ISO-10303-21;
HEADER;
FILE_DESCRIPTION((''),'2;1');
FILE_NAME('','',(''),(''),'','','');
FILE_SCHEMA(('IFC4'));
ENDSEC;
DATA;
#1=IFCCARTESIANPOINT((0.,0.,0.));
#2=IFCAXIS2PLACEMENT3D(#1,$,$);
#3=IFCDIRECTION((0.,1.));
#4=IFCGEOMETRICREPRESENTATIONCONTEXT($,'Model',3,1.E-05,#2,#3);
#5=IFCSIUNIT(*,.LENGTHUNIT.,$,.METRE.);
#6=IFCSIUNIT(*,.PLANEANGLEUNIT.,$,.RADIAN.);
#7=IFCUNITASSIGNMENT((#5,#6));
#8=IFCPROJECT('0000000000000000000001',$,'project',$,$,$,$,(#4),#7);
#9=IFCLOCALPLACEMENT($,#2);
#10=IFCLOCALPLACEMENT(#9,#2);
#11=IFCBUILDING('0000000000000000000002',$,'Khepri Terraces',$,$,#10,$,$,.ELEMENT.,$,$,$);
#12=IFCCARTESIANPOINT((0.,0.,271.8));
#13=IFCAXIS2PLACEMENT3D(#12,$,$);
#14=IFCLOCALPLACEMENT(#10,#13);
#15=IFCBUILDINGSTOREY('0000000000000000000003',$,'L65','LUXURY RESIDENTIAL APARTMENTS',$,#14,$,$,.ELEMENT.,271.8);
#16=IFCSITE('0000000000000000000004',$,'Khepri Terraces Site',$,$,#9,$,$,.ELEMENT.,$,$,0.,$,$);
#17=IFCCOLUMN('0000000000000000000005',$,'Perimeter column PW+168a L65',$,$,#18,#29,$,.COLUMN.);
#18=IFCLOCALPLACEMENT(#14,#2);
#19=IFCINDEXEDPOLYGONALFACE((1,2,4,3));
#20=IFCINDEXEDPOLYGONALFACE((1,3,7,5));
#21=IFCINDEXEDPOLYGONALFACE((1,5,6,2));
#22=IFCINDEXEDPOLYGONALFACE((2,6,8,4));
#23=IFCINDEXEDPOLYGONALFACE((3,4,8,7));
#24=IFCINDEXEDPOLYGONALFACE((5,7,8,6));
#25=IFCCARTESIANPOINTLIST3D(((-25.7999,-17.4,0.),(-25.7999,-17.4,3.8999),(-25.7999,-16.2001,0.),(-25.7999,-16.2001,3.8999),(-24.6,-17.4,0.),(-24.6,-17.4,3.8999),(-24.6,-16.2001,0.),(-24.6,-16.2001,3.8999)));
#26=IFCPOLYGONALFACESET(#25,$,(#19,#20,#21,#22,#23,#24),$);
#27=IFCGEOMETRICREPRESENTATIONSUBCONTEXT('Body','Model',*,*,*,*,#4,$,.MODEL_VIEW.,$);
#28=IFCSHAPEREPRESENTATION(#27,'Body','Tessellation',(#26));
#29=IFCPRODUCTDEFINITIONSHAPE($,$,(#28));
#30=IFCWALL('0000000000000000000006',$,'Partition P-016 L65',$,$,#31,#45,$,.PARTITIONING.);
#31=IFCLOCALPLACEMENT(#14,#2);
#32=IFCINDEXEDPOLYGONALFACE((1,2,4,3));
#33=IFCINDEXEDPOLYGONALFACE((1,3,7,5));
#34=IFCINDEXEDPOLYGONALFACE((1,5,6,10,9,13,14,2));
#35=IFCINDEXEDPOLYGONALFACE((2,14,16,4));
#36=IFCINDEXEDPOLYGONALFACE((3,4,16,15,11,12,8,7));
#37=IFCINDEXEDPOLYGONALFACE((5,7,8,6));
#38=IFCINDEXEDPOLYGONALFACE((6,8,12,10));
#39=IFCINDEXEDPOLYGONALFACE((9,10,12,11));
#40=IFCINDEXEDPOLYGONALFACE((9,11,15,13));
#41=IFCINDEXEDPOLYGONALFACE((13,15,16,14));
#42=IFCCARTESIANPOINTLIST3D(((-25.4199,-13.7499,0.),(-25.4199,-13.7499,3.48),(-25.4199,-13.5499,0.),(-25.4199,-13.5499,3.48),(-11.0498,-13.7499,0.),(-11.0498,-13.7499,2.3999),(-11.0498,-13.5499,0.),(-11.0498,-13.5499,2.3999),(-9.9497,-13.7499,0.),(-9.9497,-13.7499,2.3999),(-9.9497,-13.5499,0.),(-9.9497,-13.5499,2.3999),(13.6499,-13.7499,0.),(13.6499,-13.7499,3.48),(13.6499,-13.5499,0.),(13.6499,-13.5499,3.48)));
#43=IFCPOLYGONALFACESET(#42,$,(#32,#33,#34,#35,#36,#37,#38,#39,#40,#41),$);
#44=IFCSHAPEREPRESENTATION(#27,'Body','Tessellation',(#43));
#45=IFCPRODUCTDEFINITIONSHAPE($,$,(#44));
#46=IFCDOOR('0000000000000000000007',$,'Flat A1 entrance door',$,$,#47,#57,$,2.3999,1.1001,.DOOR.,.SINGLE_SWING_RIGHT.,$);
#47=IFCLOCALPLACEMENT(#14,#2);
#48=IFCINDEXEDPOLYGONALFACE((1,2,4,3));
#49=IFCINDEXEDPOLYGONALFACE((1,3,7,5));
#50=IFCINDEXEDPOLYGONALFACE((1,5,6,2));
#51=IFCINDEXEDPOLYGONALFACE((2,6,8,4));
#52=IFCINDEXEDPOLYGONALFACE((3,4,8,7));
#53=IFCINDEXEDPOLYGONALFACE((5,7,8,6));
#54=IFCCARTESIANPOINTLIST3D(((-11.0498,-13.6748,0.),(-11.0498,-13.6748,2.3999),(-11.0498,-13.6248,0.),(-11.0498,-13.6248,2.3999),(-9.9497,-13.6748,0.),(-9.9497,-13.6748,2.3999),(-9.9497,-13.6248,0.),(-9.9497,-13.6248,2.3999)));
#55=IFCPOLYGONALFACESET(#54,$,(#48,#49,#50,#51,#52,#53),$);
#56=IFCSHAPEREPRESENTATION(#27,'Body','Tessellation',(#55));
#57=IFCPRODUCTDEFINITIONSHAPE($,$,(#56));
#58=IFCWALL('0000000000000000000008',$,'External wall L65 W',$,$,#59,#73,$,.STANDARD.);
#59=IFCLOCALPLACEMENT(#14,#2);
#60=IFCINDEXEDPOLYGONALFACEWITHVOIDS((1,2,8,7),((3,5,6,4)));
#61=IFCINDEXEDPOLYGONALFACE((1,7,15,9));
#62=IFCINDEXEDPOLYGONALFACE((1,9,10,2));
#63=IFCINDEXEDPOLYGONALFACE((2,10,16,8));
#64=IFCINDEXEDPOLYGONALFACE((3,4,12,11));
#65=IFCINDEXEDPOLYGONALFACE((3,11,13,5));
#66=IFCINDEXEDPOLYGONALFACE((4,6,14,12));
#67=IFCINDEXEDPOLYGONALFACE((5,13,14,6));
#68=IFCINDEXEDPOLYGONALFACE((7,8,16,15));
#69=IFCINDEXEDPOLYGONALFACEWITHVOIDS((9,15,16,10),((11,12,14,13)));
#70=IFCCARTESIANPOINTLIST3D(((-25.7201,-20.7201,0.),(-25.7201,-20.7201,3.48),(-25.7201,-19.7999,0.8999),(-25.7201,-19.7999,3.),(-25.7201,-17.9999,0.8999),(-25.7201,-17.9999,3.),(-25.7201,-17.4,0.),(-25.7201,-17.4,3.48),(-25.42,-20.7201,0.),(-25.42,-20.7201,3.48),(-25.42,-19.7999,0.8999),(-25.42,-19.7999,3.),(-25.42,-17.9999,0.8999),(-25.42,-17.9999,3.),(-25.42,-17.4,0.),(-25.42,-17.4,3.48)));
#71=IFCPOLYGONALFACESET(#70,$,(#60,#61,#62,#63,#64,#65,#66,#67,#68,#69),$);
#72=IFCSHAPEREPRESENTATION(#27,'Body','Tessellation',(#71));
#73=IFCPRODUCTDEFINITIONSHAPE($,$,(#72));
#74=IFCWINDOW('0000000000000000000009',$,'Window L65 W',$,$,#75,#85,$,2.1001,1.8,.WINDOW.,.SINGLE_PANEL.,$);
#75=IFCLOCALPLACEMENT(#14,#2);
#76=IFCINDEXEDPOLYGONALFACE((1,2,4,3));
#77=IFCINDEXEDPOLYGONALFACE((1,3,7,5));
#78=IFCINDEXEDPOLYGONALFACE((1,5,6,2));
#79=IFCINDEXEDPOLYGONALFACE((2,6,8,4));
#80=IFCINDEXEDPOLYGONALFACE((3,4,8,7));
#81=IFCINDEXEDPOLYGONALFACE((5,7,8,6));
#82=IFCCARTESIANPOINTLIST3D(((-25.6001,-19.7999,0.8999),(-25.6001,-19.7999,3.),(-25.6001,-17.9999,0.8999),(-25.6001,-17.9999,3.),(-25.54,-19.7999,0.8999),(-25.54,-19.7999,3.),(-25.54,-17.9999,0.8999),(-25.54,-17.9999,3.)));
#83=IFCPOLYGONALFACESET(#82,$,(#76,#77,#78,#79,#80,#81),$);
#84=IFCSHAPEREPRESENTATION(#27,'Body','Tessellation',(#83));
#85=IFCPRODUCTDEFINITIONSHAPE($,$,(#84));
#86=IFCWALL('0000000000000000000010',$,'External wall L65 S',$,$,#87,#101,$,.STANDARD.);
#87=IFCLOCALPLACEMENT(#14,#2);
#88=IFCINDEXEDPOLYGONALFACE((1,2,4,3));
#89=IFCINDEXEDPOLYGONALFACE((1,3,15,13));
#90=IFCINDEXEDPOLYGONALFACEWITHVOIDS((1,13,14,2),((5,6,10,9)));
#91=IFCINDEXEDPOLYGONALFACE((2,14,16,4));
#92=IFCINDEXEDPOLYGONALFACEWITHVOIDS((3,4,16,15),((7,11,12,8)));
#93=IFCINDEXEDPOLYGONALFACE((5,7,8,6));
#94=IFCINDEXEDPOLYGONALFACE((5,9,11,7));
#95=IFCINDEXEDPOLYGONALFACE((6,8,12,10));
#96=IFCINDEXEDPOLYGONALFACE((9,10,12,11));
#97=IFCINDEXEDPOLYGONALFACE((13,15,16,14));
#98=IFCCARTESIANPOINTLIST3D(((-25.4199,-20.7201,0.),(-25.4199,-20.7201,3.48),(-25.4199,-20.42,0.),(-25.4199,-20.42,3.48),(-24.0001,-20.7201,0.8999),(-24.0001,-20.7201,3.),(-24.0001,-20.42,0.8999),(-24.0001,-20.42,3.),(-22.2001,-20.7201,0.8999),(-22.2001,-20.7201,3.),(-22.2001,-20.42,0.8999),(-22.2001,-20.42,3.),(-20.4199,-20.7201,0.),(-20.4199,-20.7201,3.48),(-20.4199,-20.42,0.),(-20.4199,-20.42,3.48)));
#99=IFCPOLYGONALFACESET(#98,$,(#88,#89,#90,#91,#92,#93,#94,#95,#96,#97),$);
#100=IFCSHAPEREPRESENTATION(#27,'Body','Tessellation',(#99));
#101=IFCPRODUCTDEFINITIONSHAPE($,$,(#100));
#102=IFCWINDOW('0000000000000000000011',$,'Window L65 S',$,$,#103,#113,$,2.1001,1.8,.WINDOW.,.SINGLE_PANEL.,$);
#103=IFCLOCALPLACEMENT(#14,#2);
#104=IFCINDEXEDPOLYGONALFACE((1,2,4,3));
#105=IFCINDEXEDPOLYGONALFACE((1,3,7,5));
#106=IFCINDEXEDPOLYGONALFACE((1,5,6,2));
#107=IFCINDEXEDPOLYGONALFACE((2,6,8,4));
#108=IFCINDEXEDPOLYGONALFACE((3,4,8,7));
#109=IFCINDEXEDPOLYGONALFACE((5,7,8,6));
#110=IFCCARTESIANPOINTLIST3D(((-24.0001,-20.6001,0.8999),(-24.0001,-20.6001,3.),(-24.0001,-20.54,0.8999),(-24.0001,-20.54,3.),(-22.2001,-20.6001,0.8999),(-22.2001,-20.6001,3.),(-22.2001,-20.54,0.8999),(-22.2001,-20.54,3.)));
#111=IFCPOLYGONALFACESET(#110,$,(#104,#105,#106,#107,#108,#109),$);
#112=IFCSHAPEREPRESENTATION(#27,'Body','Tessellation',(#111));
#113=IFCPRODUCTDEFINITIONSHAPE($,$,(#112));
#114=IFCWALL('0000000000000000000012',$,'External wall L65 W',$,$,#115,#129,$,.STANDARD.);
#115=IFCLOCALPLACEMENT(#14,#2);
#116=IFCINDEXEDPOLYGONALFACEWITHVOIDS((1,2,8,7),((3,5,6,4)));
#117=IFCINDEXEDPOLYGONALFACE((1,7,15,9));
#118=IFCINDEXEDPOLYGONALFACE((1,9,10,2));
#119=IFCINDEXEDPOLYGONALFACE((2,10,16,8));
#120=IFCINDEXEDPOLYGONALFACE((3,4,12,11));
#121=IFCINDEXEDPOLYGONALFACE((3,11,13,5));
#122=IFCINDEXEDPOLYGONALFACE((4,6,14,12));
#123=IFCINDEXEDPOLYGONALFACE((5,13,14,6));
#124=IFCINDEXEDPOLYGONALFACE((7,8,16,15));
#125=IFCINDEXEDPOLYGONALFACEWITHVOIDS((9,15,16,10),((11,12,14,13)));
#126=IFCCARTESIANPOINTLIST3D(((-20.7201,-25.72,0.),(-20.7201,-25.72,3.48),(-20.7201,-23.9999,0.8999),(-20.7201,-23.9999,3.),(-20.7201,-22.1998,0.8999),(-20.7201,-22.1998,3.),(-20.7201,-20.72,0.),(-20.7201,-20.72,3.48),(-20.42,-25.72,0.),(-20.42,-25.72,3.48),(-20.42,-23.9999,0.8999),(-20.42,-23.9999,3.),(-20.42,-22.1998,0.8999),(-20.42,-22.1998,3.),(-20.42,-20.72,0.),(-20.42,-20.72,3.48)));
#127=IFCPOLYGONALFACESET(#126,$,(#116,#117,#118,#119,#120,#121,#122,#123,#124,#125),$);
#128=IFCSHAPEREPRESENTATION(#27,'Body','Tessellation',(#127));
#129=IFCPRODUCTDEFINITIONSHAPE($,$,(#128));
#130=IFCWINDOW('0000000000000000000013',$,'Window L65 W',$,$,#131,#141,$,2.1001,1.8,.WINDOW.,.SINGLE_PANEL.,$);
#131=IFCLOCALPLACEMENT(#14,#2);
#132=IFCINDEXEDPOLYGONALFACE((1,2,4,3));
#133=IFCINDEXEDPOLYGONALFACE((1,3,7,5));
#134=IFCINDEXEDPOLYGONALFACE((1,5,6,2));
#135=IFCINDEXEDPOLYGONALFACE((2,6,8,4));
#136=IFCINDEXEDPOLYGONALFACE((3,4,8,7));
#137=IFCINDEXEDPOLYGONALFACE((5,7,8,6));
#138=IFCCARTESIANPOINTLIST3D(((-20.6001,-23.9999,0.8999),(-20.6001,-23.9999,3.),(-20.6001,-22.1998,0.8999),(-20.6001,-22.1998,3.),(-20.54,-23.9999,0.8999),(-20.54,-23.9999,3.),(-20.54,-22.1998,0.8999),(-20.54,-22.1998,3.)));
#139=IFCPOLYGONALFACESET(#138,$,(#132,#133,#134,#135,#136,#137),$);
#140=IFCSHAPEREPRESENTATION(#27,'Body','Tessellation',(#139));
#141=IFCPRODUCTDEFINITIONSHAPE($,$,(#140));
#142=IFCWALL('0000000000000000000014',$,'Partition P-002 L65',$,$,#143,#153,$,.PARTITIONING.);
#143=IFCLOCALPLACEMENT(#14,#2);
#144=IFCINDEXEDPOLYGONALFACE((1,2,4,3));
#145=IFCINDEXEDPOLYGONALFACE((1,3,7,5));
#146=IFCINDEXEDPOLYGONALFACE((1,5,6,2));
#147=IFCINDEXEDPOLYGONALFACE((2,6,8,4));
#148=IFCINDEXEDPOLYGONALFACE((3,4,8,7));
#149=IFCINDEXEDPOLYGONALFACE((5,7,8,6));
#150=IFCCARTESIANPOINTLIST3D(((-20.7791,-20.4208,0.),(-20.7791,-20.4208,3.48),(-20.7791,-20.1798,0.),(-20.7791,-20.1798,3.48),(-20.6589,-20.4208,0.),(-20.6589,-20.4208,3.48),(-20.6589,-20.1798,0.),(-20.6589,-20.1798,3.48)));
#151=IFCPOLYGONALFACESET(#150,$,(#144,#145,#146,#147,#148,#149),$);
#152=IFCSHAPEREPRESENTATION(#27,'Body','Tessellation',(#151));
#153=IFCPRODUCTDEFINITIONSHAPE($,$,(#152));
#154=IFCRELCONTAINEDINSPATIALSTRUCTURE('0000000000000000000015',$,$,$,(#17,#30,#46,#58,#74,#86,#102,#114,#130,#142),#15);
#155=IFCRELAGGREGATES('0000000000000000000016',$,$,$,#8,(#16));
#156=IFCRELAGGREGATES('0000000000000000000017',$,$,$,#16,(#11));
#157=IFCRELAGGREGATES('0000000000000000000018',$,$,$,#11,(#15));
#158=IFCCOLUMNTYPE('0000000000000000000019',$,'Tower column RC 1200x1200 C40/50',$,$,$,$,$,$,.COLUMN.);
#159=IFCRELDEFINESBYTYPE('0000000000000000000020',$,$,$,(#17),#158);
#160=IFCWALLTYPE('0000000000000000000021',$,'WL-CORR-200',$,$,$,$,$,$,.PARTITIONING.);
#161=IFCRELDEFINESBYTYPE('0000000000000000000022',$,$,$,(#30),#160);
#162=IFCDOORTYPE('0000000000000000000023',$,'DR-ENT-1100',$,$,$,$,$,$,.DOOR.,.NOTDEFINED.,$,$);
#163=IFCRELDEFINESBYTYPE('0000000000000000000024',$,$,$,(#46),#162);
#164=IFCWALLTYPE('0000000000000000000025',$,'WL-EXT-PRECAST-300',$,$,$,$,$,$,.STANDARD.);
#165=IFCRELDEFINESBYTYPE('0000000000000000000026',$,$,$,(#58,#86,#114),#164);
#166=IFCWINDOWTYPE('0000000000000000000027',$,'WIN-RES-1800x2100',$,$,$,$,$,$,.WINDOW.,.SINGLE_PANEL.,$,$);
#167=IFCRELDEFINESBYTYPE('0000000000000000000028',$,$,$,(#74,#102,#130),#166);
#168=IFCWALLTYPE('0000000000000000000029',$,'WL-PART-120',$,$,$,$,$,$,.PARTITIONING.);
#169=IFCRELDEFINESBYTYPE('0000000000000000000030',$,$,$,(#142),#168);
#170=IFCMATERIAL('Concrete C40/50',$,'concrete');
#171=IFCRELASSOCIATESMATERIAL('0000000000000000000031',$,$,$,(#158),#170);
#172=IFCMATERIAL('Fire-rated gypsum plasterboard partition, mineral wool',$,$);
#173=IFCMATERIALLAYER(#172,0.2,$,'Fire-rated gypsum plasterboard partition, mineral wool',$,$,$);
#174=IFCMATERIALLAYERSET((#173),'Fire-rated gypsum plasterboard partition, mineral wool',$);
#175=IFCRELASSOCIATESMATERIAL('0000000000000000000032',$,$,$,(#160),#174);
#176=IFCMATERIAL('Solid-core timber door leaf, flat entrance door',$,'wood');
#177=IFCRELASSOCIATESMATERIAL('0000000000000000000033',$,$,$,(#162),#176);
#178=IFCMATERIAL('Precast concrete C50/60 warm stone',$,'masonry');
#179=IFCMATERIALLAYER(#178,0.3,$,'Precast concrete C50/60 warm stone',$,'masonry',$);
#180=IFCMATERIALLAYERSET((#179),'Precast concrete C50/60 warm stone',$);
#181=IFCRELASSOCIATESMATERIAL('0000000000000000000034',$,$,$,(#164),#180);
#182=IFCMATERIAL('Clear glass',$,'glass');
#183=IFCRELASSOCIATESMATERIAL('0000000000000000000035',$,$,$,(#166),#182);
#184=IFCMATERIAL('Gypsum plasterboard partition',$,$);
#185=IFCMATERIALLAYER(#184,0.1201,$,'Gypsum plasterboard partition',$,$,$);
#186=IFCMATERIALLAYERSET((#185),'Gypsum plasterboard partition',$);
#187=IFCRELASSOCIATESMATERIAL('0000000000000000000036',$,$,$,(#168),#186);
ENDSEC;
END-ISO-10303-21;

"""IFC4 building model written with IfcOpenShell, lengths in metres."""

from ifc_helpers import new_model, si_unit, direction, frame, frame_2d, origin, origin_2d, place, context, subcontext, project, spatial, rectangle, extrude, material, layer, layer_set, material_profile, profile_set, type_object, element, fill, save


model = new_model("IFC4")

# Units and contexts
model_context = context("Model", 3, precision=1e-05, world=origin(), true_north=direction((0.0, 1.0)))
body_context = subcontext(model_context, "Body", "Model", "MODEL_VIEW")
ifc_project = project(units=[si_unit("LENGTHUNIT", "METRE"), si_unit("PLANEANGLEUNIT", "RADIAN")], contexts=[model_context])

# Site, building, storey
site_placement = place(None, origin())
site = spatial("IfcSite", under=ifc_project, at=site_placement, Name="Khepri Terraces Site", CompositionType="ELEMENT", RefElevation=0.0)
building_placement = place(site_placement, origin())
building = spatial("IfcBuilding", under=site, at=building_placement, Name="Khepri Terraces", CompositionType="ELEMENT")
storey_placement = place(building_placement, frame((0.0, 0.0, 271.8)))
storey = spatial("IfcBuildingStorey", under=building, at=storey_placement, Name="L65", Description="LUXURY RESIDENTIAL APARTMENTS", CompositionType="ELEMENT", Elevation=271.8)

# Column
ifc_material_1 = material(Name="Concrete C40/50", Category="concrete")
ifc_material_profile = material_profile(ifc_material_1, rectangle(XDim=1.2, YDim=1.2, at=origin_2d()), Name="Concrete C40/50", Category="concrete")
ifc_profile_set = profile_set([ifc_material_profile], Name="Concrete C40/50")
column_type = type_object("IfcColumnType", Name="Tower column RC 1200x1200 C40/50", PredefinedType="COLUMN", material=ifc_profile_set)
column_placement = place(storey_placement, frame((-25.2, -16.8, 0.0), z_axis=(0.0, 0.0, 1.0), x_axis=(1.0, 0.0, 0.0)))
element("IfcColumn", 1, at=column_placement, inside=storey, type_object=column_type, Name="Perimeter column PW+168a L65", PredefinedType="COLUMN", context=body_context, shape_type="SweptSolid", body=[
    extrude(rectangle(XDim=1.2, YDim=1.2, at=origin_2d()), origin(), (0.0, 0.0, 1.0), 3.8999),
])

# Wall, opening, door
ifc_material_2 = material(Name="Fire-rated gypsum plasterboard partition, mineral wool")
ifc_layer_1 = layer(ifc_material_2, 0.2, Name="Fire-rated gypsum plasterboard partition, mineral wool")
ifc_layer_set_1 = layer_set([ifc_layer_1], Name="Fire-rated gypsum plasterboard partition, mineral wool")
wall_type_1 = type_object("IfcWallType", Name="WL-CORR-200", PredefinedType="PARTITIONING", material=ifc_layer_set_1)
wall_1_placement = place(storey_placement, frame((-25.4199, -13.6499, 0.0), z_axis=(0.0, 0.0, 1.0), x_axis=(1.0, 0.0, 0.0)))
wall_1 = element("IfcWall", 2, at=wall_1_placement, inside=storey, type_object=wall_type_1, Name="Partition P-016 L65", PredefinedType="PARTITIONING", context=body_context, shape_type="SweptSolid", body=[
    extrude(rectangle(XDim=39.0698, YDim=0.2, at=frame_2d((19.5349, 0.0))), origin(), (0.0, 0.0, 1.0), 3.48),
])
opening_1_placement = place(wall_1_placement, frame((14.3701, 0.0, 0.0)))
opening_1 = element("IfcOpeningElement", 3, at=opening_1_placement, cuts=wall_1, PredefinedType="OPENING", context=body_context, shape_type="SweptSolid", body=[
    extrude(rectangle(XDim=1.1001, YDim=2.3999, at=frame_2d((0.55, 1.2))), frame((0.0, 0.1099, 0.0), z_axis=(0.0, -1.0, 0.0), x_axis=(1.0, 0.0, 0.0)), (0.0, 0.0, 1.0), 0.22),
])
ifc_material_3 = material(Name="Solid-core timber door leaf, flat entrance door", Category="wood")
door_type_1 = type_object("IfcDoorType", Name="DR-ENT-1100", OperationType="NOTDEFINED", PredefinedType="DOOR", material=ifc_material_3)
door_1_placement = place(opening_1_placement, frame((1.1001, 0.0, 0.0), z_axis=(0.0, 0.0, 1.0), x_axis=(-1.0, 0.0, 0.0)))
door_1 = element("IfcDoor", 4, at=door_1_placement, inside=storey, type_object=door_type_1, Name="Flat A1 entrance door", OperationType="SINGLE_SWING_RIGHT", OverallHeight=2.3999, OverallWidth=1.1001, PredefinedType="DOOR", context=body_context, shape_type="SweptSolid", body=[
    extrude(rectangle(XDim=1.1001, YDim=2.3999, at=frame_2d((0.55, 1.2))), frame((0.0, 0.0249, 0.0), z_axis=(0.0, -1.0, 0.0), x_axis=(1.0, 0.0, 0.0)), (0.0, 0.0, 1.0), 0.05),
])
fill(opening_1, door_1)

# Walls, openings, windows
ifc_material_4 = material(Name="Precast concrete C50/60 warm stone", Category="masonry")
ifc_layer_2 = layer(ifc_material_4, 0.3, Name="Precast concrete C50/60 warm stone", Category="masonry")
ifc_layer_set_2 = layer_set([ifc_layer_2], Name="Precast concrete C50/60 warm stone")
wall_type_2 = type_object("IfcWallType", Name="WL-EXT-PRECAST-300", PredefinedType="STANDARD", material=ifc_layer_set_2)
wall_2_placement = place(storey_placement, frame((-25.5701, -17.3999, 0.0), z_axis=(0.0, 0.0, 1.0), x_axis=(0.0, -1.0, 0.0)))
wall_2 = element("IfcWall", 5, at=wall_2_placement, inside=storey, type_object=wall_type_2, Name="External wall L65 W", PredefinedType="STANDARD", context=body_context, shape_type="SweptSolid", body=[
    extrude(rectangle(XDim=3.3201, YDim=0.3, at=frame_2d((1.6602, 0.0))), origin(), (0.0, 0.0, 1.0), 3.48),
])
opening_2_placement = place(wall_2_placement, frame((0.6001, 0.0, 0.8999)))
opening_2 = element("IfcOpeningElement", 6, at=opening_2_placement, cuts=wall_2, PredefinedType="OPENING", context=body_context, shape_type="SweptSolid", body=[
    extrude(rectangle(XDim=1.8, YDim=2.1001, at=frame_2d((0.8999, 1.05))), frame((0.0, 0.1602, 0.0), z_axis=(0.0, -1.0, 0.0), x_axis=(1.0, 0.0, 0.0)), (0.0, 0.0, 1.0), 0.3201),
])
ifc_material_5 = material(Name="Clear glass", Category="glass")
window_type = type_object("IfcWindowType", Name="WIN-RES-1800x2100", PartitioningType="SINGLE_PANEL", PredefinedType="WINDOW", material=ifc_material_5)
window_1_placement = place(opening_2_placement, origin())
window_1 = element("IfcWindow", 7, at=window_1_placement, inside=storey, type_object=window_type, Name="Window L65 W", OverallHeight=2.1001, OverallWidth=1.8, PartitioningType="SINGLE_PANEL", PredefinedType="WINDOW", context=body_context, shape_type="SweptSolid", body=[
    extrude(rectangle(XDim=1.8, YDim=2.1001, at=frame_2d((0.8999, 1.05))), frame((0.0, 0.03, 0.0), z_axis=(0.0, -1.0, 0.0), x_axis=(1.0, 0.0, 0.0)), (0.0, 0.0, 1.0), 0.0601),
])
fill(opening_2, window_1)
wall_3_placement = place(storey_placement, frame((-25.4199, -20.5701, 0.0), z_axis=(0.0, 0.0, 1.0), x_axis=(1.0, 0.0, 0.0)))
wall_3 = element("IfcWall", 8, at=wall_3_placement, inside=storey, type_object=wall_type_2, Name="External wall L65 S", PredefinedType="STANDARD", context=body_context, shape_type="SweptSolid", body=[
    extrude(rectangle(XDim=5.0, YDim=0.3, at=frame_2d((2.5, 0.0))), origin(), (0.0, 0.0, 1.0), 3.48),
])
opening_3_placement = place(wall_3_placement, frame((1.4199, 0.0, 0.8999)))
opening_3 = element("IfcOpeningElement", 9, at=opening_3_placement, cuts=wall_3, PredefinedType="OPENING", context=body_context, shape_type="SweptSolid", body=[
    extrude(rectangle(XDim=1.8, YDim=2.1001, at=frame_2d((0.8999, 1.05))), frame((0.0, 0.1602, 0.0), z_axis=(0.0, -1.0, 0.0), x_axis=(1.0, 0.0, 0.0)), (0.0, 0.0, 1.0), 0.3201),
])
window_2_placement = place(opening_3_placement, origin())
window_2 = element("IfcWindow", 10, at=window_2_placement, inside=storey, type_object=window_type, Name="Window L65 S", OverallHeight=2.1001, OverallWidth=1.8, PartitioningType="SINGLE_PANEL", PredefinedType="WINDOW", context=body_context, shape_type="SweptSolid", body=[
    extrude(rectangle(XDim=1.8, YDim=2.1001, at=frame_2d((0.8999, 1.05))), frame((0.0, 0.03, 0.0), z_axis=(0.0, -1.0, 0.0), x_axis=(1.0, 0.0, 0.0)), (0.0, 0.0, 1.0), 0.0601),
])
fill(opening_3, window_2)
wall_4_placement = place(storey_placement, frame((-20.5701, -20.72, 0.0), z_axis=(0.0, 0.0, 1.0), x_axis=(0.0, -1.0, 0.0)))
wall_4 = element("IfcWall", 11, at=wall_4_placement, inside=storey, type_object=wall_type_2, Name="External wall L65 W", PredefinedType="STANDARD", context=body_context, shape_type="SweptSolid", body=[
    extrude(rectangle(XDim=5.0, YDim=0.3, at=frame_2d((2.5, 0.0))), origin(), (0.0, 0.0, 1.0), 3.48),
])
opening_4_placement = place(wall_4_placement, frame((1.48, 0.0, 0.8999)))
opening_4 = element("IfcOpeningElement", 12, at=opening_4_placement, cuts=wall_4, PredefinedType="OPENING", context=body_context, shape_type="SweptSolid", body=[
    extrude(rectangle(XDim=1.8, YDim=2.1001, at=frame_2d((0.8999, 1.05))), frame((0.0, 0.1602, 0.0), z_axis=(0.0, -1.0, 0.0), x_axis=(1.0, 0.0, 0.0)), (0.0, 0.0, 1.0), 0.3201),
])
window_3_placement = place(opening_4_placement, origin())
window_3 = element("IfcWindow", 13, at=window_3_placement, inside=storey, type_object=window_type, Name="Window L65 W", OverallHeight=2.1001, OverallWidth=1.8, PartitioningType="SINGLE_PANEL", PredefinedType="WINDOW", context=body_context, shape_type="SweptSolid", body=[
    extrude(rectangle(XDim=1.8, YDim=2.1001, at=frame_2d((0.8999, 1.05))), frame((0.0, 0.03, 0.0), z_axis=(0.0, -1.0, 0.0), x_axis=(1.0, 0.0, 0.0)), (0.0, 0.0, 1.0), 0.0601),
])
fill(opening_4, window_3)

# Wall
ifc_material_6 = material(Name="Gypsum plasterboard partition")
ifc_layer_3 = layer(ifc_material_6, 0.1201, Name="Gypsum plasterboard partition")
ifc_layer_set_3 = layer_set([ifc_layer_3], Name="Gypsum plasterboard partition")
wall_type_3 = type_object("IfcWallType", Name="WL-PART-120", PredefinedType="PARTITIONING", material=ifc_layer_set_3)
wall_5_placement = place(storey_placement, frame((-20.719, -20.4209, 0.0), z_axis=(0.0, 0.0, 1.0), x_axis=(0.0, 1.0, 0.0)))
element("IfcWall", 14, at=wall_5_placement, inside=storey, type_object=wall_type_3, Name="Partition P-002 L65", PredefinedType="PARTITIONING", context=body_context, shape_type="SweptSolid", body=[
    extrude(rectangle(XDim=0.241, YDim=0.1201, at=frame_2d((0.1206, 0.0))), origin(), (0.0, 0.0, 1.0), 3.48),
])

save(model, "model.ifc")
